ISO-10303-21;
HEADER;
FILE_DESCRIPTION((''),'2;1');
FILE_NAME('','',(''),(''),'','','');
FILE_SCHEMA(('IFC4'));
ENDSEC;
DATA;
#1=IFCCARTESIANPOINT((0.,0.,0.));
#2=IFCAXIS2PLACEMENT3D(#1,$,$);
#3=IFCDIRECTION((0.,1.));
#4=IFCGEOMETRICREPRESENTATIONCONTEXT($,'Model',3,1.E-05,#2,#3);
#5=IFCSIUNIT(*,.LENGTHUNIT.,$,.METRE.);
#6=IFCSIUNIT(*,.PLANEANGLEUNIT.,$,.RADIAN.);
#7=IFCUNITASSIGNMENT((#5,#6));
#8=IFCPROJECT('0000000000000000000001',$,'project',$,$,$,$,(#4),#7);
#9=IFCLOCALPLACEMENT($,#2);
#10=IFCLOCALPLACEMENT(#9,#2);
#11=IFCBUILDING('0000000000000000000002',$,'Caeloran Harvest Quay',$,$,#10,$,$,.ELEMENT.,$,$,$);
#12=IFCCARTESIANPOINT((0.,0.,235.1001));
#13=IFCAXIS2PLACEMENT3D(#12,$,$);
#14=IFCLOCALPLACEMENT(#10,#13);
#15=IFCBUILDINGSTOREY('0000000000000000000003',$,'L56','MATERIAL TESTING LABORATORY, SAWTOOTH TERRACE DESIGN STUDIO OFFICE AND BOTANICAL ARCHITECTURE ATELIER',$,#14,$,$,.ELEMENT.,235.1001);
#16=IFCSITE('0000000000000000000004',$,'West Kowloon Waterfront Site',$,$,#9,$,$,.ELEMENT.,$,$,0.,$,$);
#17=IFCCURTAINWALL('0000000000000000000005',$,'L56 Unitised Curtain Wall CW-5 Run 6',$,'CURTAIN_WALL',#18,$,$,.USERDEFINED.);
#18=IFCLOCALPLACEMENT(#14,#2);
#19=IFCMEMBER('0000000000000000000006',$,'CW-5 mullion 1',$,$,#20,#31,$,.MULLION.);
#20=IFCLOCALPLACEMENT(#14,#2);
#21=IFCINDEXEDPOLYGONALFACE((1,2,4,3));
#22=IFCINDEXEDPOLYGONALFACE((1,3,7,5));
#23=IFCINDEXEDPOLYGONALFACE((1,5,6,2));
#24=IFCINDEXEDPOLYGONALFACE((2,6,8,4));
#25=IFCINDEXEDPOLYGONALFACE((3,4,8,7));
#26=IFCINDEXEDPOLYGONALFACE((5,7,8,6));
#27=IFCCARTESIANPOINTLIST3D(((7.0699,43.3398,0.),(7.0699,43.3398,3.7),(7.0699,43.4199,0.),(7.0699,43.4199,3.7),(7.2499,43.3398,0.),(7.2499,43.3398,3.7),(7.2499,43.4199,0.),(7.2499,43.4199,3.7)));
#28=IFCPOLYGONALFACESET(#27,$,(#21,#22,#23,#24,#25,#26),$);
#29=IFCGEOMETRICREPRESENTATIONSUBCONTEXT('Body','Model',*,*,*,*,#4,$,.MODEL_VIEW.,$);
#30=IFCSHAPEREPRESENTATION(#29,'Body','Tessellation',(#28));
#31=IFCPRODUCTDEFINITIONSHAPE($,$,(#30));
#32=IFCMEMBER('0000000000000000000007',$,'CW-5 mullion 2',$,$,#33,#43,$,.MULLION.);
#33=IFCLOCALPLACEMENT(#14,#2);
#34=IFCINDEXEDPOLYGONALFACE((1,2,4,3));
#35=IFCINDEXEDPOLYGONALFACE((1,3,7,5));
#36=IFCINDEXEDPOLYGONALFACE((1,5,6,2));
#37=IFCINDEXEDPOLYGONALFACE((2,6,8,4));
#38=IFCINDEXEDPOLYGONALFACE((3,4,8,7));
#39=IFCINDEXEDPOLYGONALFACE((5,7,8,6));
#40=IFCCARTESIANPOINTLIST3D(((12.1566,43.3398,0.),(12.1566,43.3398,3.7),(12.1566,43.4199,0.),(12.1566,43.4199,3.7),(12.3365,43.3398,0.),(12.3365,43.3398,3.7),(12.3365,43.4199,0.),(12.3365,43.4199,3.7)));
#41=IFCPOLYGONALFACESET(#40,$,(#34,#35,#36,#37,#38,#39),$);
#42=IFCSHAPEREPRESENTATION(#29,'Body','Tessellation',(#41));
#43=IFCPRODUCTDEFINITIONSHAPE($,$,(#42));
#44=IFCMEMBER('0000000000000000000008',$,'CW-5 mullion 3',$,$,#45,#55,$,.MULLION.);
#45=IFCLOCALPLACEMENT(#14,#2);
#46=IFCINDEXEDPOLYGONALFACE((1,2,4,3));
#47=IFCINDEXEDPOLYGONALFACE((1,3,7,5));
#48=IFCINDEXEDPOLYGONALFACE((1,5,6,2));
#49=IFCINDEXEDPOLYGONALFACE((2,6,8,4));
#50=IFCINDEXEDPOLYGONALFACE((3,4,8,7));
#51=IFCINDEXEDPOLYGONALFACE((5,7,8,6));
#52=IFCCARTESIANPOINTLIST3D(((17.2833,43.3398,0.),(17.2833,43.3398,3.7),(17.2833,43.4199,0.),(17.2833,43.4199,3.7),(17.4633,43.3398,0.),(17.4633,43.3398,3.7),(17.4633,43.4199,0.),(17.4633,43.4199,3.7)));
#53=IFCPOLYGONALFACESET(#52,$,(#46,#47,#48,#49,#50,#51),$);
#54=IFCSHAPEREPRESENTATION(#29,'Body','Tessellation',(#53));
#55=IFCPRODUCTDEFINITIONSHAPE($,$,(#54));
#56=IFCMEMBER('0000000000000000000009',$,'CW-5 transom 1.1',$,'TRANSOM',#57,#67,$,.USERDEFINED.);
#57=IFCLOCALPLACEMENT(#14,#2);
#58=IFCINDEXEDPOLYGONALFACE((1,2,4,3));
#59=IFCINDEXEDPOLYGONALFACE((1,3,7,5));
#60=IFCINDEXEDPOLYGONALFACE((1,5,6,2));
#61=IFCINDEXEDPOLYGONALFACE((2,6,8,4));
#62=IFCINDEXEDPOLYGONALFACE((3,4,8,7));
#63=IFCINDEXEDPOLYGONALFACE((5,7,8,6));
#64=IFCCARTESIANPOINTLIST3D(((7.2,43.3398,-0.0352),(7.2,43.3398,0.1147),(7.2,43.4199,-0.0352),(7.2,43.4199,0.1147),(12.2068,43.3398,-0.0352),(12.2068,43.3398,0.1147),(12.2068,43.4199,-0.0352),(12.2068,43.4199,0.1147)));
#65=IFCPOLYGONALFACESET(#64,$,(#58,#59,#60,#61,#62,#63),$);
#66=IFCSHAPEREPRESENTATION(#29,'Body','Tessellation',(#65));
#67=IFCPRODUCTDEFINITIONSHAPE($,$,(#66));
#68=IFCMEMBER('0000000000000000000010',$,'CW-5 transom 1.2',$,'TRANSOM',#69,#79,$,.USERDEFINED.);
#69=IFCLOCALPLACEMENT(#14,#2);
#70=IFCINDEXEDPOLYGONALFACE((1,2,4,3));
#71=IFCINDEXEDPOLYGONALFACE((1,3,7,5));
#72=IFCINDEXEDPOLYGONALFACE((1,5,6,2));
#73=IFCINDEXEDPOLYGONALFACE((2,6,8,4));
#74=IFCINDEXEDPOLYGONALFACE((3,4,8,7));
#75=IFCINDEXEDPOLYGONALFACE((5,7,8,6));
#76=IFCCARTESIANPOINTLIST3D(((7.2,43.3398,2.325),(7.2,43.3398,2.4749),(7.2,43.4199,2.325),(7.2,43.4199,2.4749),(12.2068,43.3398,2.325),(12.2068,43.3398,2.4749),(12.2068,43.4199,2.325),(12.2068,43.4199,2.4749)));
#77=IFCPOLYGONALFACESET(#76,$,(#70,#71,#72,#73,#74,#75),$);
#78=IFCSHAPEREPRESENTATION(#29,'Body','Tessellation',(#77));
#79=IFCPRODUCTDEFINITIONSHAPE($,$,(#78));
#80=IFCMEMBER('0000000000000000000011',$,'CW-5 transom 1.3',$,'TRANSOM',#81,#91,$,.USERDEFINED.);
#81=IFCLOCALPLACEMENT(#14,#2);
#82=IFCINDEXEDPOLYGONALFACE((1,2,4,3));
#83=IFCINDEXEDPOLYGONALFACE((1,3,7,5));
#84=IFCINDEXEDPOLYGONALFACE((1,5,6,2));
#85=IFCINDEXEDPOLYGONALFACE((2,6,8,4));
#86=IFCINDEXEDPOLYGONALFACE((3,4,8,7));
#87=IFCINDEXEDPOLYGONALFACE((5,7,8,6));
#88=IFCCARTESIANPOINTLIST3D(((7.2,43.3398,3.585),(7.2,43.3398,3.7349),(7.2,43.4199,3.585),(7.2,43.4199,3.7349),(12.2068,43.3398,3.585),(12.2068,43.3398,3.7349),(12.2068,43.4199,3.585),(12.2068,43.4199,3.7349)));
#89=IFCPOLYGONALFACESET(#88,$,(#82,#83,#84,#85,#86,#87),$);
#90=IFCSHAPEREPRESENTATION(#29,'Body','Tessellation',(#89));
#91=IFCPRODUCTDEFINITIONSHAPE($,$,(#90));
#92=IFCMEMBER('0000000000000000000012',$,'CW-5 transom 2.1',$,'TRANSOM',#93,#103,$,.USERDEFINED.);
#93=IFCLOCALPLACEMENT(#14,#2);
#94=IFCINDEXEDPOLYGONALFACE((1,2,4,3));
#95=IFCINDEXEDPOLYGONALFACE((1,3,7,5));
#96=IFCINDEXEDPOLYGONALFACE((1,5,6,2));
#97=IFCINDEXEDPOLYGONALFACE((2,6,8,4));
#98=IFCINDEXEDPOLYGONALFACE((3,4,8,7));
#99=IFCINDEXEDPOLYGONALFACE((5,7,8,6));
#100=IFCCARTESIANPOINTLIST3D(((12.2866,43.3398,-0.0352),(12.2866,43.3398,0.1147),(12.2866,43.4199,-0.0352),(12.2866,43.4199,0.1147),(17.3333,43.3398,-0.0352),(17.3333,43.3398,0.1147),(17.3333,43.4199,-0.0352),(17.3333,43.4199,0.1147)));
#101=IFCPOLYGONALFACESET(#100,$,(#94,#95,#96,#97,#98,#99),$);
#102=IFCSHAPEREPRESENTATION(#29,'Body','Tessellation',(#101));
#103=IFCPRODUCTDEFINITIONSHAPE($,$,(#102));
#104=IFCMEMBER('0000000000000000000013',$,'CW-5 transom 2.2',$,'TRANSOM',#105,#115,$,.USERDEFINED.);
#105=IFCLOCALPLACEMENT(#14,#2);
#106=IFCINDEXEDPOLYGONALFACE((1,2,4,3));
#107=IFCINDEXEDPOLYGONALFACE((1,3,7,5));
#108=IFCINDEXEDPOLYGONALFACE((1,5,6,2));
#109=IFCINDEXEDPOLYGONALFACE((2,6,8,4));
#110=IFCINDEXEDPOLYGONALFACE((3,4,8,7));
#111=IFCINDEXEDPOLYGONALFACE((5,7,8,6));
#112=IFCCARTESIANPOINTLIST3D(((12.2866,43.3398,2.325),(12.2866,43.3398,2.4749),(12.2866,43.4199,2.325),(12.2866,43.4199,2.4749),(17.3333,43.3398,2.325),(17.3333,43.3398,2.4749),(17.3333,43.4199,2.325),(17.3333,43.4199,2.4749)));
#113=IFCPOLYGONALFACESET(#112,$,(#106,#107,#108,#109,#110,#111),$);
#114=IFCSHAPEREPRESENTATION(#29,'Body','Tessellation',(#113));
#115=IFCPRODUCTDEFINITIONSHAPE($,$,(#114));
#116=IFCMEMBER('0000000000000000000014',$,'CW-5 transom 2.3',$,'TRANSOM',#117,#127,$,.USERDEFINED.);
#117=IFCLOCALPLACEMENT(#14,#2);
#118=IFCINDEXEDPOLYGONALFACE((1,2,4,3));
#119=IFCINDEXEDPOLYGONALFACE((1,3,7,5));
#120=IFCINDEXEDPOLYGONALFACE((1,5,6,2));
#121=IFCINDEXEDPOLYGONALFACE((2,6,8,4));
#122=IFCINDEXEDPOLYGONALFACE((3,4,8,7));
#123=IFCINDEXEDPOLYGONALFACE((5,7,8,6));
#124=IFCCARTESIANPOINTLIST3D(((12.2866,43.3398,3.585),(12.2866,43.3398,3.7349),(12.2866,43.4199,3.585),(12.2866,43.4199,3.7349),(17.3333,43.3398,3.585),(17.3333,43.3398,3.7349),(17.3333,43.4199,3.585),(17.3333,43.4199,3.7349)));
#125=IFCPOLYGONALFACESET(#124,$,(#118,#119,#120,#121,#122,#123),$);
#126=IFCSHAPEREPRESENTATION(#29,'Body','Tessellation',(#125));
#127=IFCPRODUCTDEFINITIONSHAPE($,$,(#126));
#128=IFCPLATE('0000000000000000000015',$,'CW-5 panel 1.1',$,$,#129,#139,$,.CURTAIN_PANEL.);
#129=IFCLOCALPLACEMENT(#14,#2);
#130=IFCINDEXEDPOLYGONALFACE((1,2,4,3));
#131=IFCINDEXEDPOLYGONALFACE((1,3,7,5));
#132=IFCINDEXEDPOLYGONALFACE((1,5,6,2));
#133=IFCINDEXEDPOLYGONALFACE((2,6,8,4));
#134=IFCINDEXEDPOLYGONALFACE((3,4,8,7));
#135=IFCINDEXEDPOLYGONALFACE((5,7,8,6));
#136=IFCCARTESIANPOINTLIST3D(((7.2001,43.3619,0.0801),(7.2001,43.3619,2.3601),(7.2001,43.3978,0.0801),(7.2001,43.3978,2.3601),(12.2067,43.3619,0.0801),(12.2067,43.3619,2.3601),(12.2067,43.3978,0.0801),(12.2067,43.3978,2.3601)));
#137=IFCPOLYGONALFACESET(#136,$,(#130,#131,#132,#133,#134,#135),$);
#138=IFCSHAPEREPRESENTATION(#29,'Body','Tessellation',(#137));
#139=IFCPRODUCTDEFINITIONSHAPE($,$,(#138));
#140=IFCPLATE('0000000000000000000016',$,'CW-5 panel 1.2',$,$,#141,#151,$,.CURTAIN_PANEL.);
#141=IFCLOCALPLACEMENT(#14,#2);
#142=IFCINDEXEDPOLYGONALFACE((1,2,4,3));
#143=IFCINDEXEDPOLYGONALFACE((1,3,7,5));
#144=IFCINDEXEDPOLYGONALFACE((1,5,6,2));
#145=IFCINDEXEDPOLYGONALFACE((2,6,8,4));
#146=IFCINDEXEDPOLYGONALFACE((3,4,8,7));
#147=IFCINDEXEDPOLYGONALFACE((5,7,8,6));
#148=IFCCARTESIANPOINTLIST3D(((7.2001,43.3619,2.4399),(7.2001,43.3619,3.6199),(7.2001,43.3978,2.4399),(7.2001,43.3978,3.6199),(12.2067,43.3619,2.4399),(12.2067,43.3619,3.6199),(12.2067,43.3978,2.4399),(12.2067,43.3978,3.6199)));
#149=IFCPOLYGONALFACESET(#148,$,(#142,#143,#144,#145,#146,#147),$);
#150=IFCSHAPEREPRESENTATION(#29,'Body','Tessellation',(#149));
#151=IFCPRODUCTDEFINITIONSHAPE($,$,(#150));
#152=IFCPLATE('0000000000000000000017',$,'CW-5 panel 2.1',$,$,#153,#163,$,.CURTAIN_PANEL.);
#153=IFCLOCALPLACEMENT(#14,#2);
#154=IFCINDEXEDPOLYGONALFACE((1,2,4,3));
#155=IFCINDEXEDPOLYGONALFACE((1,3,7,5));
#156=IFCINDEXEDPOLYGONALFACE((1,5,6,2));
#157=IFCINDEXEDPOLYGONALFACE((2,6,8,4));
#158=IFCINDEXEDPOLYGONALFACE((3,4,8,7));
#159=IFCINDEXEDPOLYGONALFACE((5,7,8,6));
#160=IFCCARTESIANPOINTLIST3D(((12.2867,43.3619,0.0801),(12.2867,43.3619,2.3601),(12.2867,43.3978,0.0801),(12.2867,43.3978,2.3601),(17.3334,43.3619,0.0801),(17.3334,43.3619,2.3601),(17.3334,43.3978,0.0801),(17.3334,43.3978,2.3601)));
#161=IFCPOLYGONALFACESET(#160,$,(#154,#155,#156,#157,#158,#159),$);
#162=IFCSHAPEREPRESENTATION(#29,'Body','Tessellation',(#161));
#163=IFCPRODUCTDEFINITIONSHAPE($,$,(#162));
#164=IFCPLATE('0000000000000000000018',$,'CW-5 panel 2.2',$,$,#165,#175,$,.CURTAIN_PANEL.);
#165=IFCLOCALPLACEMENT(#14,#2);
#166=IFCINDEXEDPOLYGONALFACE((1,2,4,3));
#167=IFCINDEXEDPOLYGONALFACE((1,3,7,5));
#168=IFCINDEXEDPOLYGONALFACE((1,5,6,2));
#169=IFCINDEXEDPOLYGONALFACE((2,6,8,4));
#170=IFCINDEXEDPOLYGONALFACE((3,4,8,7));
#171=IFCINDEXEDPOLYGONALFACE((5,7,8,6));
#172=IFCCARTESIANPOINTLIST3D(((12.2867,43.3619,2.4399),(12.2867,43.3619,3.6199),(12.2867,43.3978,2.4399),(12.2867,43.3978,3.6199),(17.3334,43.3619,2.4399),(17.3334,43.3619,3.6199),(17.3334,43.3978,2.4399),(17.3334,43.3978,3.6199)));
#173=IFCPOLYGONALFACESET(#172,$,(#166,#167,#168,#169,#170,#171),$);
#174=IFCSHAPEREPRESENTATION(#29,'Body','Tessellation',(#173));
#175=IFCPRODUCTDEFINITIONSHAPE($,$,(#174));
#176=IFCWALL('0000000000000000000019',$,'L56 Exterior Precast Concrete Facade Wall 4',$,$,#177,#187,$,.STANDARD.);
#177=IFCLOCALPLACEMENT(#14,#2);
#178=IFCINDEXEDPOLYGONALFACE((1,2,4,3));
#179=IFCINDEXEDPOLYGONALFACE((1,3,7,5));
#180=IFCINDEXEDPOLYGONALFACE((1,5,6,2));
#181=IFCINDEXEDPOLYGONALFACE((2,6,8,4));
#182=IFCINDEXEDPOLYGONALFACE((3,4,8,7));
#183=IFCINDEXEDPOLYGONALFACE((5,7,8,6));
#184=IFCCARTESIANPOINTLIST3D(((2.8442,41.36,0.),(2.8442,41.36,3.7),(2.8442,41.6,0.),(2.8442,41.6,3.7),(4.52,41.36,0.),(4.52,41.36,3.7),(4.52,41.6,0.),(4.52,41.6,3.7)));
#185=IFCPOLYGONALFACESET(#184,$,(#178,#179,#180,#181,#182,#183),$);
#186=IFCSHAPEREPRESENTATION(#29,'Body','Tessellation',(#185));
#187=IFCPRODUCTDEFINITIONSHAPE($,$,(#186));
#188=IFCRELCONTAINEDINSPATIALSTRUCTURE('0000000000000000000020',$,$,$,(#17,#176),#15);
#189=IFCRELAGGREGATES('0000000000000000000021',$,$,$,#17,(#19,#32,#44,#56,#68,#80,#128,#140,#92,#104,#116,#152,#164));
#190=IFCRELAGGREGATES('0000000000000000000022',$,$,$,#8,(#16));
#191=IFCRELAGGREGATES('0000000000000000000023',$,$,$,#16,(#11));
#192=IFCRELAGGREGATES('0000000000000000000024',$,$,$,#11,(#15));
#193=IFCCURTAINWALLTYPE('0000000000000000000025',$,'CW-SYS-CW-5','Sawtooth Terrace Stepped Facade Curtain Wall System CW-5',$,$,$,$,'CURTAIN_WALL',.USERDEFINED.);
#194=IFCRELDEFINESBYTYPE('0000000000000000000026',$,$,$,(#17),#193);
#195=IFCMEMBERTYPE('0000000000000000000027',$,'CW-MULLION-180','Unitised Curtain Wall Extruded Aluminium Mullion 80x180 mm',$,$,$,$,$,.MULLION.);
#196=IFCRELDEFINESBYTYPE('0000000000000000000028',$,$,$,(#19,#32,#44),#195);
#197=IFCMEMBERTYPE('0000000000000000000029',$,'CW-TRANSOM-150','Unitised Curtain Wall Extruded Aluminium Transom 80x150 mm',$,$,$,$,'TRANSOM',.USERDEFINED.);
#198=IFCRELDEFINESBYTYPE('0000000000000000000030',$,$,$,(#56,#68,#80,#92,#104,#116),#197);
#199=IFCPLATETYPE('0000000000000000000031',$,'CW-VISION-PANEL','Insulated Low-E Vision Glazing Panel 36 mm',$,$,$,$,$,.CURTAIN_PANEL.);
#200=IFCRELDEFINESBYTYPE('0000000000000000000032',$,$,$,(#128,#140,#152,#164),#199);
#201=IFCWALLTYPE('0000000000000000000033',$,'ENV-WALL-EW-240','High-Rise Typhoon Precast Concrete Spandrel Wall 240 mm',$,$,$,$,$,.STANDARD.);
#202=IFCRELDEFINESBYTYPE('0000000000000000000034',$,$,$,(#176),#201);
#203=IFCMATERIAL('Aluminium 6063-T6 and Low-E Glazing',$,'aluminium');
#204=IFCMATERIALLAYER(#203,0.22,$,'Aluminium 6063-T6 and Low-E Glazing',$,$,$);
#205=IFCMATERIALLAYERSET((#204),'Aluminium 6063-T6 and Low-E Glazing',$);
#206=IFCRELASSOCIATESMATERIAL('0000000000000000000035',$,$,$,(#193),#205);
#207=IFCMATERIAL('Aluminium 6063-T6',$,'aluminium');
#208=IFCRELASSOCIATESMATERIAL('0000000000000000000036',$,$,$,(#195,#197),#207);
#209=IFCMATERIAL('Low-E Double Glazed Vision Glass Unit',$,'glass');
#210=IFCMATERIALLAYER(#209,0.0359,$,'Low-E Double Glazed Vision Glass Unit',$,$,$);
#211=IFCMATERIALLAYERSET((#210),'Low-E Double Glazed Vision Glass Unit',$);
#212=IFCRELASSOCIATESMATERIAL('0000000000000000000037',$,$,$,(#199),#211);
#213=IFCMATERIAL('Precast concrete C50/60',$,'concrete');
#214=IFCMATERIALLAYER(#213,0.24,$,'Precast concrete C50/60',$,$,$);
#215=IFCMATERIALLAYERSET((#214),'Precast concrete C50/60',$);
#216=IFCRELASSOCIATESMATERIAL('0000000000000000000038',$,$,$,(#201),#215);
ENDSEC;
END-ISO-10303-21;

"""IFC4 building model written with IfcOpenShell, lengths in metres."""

from ifc_helpers import new_model, si_unit, direction, frame, frame_2d, origin, origin_2d, place, context, subcontext, project, spatial, rectangle, extrude, material, layer, layer_set, material_profile, profile_set, type_object, element, aggregate, save


model = new_model("IFC4")

# Units and contexts
model_context = context("Model", 3, precision=1e-05, world=origin(), true_north=direction((0.0, 1.0)))
body_context = subcontext(model_context, "Body", "Model", "MODEL_VIEW")
ifc_project = project(units=[si_unit("LENGTHUNIT", "METRE"), si_unit("PLANEANGLEUNIT", "RADIAN")], contexts=[model_context])

# Site, building, storey
site_placement = place(None, origin())
site = spatial("IfcSite", under=ifc_project, at=site_placement, Name="West Kowloon Waterfront Site", CompositionType="ELEMENT", RefElevation=0.0)
building_placement = place(site_placement, origin())
building = spatial("IfcBuilding", under=site, at=building_placement, Name="Caeloran Harvest Quay", CompositionType="ELEMENT")
storey_placement = place(building_placement, frame((0.0, 0.0, 235.1001)))
storey = spatial("IfcBuildingStorey", under=building, at=storey_placement, Name="L56", Description="MATERIAL TESTING LABORATORY, SAWTOOTH TERRACE DESIGN STUDIO OFFICE AND BOTANICAL ARCHITECTURE ATELIER", CompositionType="ELEMENT", Elevation=235.1001)

# Curtain wall, members, plates
ifc_material_1 = material(Name="Aluminium 6063-T6 and Low-E Glazing", Category="aluminium")
ifc_layer_1 = layer(ifc_material_1, 0.22, Name="Aluminium 6063-T6 and Low-E Glazing")
ifc_layer_set_1 = layer_set([ifc_layer_1], Name="Aluminium 6063-T6 and Low-E Glazing")
curtain_wall_type = type_object("IfcCurtainWallType", Name="CW-SYS-CW-5", Description="Sawtooth Terrace Stepped Facade Curtain Wall System CW-5", ElementType="CURTAIN_WALL", PredefinedType="USERDEFINED", material=ifc_layer_set_1)
curtain_wall_placement = place(storey_placement, origin())
curtain_wall = element("IfcCurtainWall", 1, at=curtain_wall_placement, inside=storey, type_object=curtain_wall_type, Name="L56 Unitised Curtain Wall CW-5 Run 6", ObjectType="CURTAIN_WALL", PredefinedType="USERDEFINED")
ifc_material_2 = material(Name="Aluminium 6063-T6", Category="aluminium")
ifc_material_profile_1 = material_profile(ifc_material_2, rectangle(XDim=0.0801, YDim=0.1799, at=origin_2d()), Name="CW-MULLION-180")
ifc_profile_set_1 = profile_set([ifc_material_profile_1], Name="Aluminium 6063-T6")
member_type_1 = type_object("IfcMemberType", Name="CW-MULLION-180", Description="Unitised Curtain Wall Extruded Aluminium Mullion 80x180 mm", PredefinedType="MULLION", material=ifc_profile_set_1)
member_1_placement = place(storey_placement, frame((7.1599, 43.3799, 0.0), z_axis=(0.0, 0.0, 1.0), x_axis=(0.0, 1.0, 0.0)))
member_1 = element("IfcMember", 2, at=member_1_placement, type_object=member_type_1, Name="CW-5 mullion 1", PredefinedType="MULLION", context=body_context, shape_type="SweptSolid", body=[
    extrude(rectangle(XDim=0.0801, YDim=0.1799, at=origin_2d()), origin(), (0.0, 0.0, 1.0), 3.7),
])
member_2_placement = place(storey_placement, frame((12.2466, 43.3799, 0.0), z_axis=(0.0, 0.0, 1.0), x_axis=(0.0, 1.0, 0.0)))
member_2 = element("IfcMember", 3, at=member_2_placement, type_object=member_type_1, Name="CW-5 mullion 2", PredefinedType="MULLION", context=body_context, shape_type="SweptSolid", body=[
    extrude(rectangle(XDim=0.0801, YDim=0.1799, at=origin_2d()), origin(), (0.0, 0.0, 1.0), 3.7),
])
member_3_placement = place(storey_placement, frame((17.3733, 43.3799, 0.0), z_axis=(0.0, 0.0, 1.0), x_axis=(0.0, 1.0, 0.0)))
member_3 = element("IfcMember", 4, at=member_3_placement, type_object=member_type_1, Name="CW-5 mullion 3", PredefinedType="MULLION", context=body_context, shape_type="SweptSolid", body=[
    extrude(rectangle(XDim=0.0801, YDim=0.1799, at=origin_2d()), origin(), (0.0, 0.0, 1.0), 3.7),
])
ifc_material_profile_2 = material_profile(ifc_material_2, rectangle(XDim=0.0801, YDim=0.1499, at=origin_2d()), Name="CW-TRANSOM-150")
ifc_profile_set_2 = profile_set([ifc_material_profile_2], Name="Aluminium 6063-T6")
member_type_2 = type_object("IfcMemberType", Name="CW-TRANSOM-150", Description="Unitised Curtain Wall Extruded Aluminium Transom 80x150 mm", ElementType="TRANSOM", PredefinedType="USERDEFINED", material=ifc_profile_set_2)
member_4_placement = place(storey_placement, frame((7.2, 43.3799, 0.0398), z_axis=(1.0, 0.0, 0.0), x_axis=(0.0, 1.0, 0.0)))
member_4 = element("IfcMember", 5, at=member_4_placement, type_object=member_type_2, Name="CW-5 transom 1.1", ObjectType="TRANSOM", PredefinedType="USERDEFINED", context=body_context, shape_type="SweptSolid", body=[
    extrude(rectangle(XDim=0.0801, YDim=0.1499, at=origin_2d()), origin(), (0.0, 0.0, 1.0), 5.0068),
])
member_5_placement = place(storey_placement, frame((7.2, 43.3799, 2.3999), z_axis=(1.0, 0.0, 0.0), x_axis=(0.0, 1.0, 0.0)))
member_5 = element("IfcMember", 6, at=member_5_placement, type_object=member_type_2, Name="CW-5 transom 1.2", ObjectType="TRANSOM", PredefinedType="USERDEFINED", context=body_context, shape_type="SweptSolid", body=[
    extrude(rectangle(XDim=0.0801, YDim=0.1499, at=origin_2d()), origin(), (0.0, 0.0, 1.0), 5.0068),
])
member_6_placement = place(storey_placement, frame((7.2, 43.3799, 3.6599), z_axis=(1.0, 0.0, 0.0), x_axis=(0.0, 1.0, 0.0)))
member_6 = element("IfcMember", 7, at=member_6_placement, type_object=member_type_2, Name="CW-5 transom 1.3", ObjectType="TRANSOM", PredefinedType="USERDEFINED", context=body_context, shape_type="SweptSolid", body=[
    extrude(rectangle(XDim=0.0801, YDim=0.1499, at=origin_2d()), origin(), (0.0, 0.0, 1.0), 5.0068),
])
member_7_placement = place(storey_placement, frame((12.2866, 43.3799, 0.0398), z_axis=(1.0, 0.0, 0.0), x_axis=(0.0, 1.0, 0.0)))
member_7 = element("IfcMember", 8, at=member_7_placement, type_object=member_type_2, Name="CW-5 transom 2.1", ObjectType="TRANSOM", PredefinedType="USERDEFINED", context=body_context, shape_type="SweptSolid", body=[
    extrude(rectangle(XDim=0.0801, YDim=0.1499, at=origin_2d()), origin(), (0.0, 0.0, 1.0), 5.0466),
])
member_8_placement = place(storey_placement, frame((12.2866, 43.3799, 2.3999), z_axis=(1.0, 0.0, 0.0), x_axis=(0.0, 1.0, 0.0)))
member_8 = element("IfcMember", 9, at=member_8_placement, type_object=member_type_2, Name="CW-5 transom 2.2", ObjectType="TRANSOM", PredefinedType="USERDEFINED", context=body_context, shape_type="SweptSolid", body=[
    extrude(rectangle(XDim=0.0801, YDim=0.1499, at=origin_2d()), origin(), (0.0, 0.0, 1.0), 5.0466),
])
member_9_placement = place(storey_placement, frame((12.2866, 43.3799, 3.6599), z_axis=(1.0, 0.0, 0.0), x_axis=(0.0, 1.0, 0.0)))
member_9 = element("IfcMember", 10, at=member_9_placement, type_object=member_type_2, Name="CW-5 transom 2.3", ObjectType="TRANSOM", PredefinedType="USERDEFINED", context=body_context, shape_type="SweptSolid", body=[
    extrude(rectangle(XDim=0.0801, YDim=0.1499, at=origin_2d()), origin(), (0.0, 0.0, 1.0), 5.0466),
])
ifc_material_3 = material(Name="Low-E Double Glazed Vision Glass Unit", Category="glass")
ifc_layer_2 = layer(ifc_material_3, 0.0359, Name="Low-E Double Glazed Vision Glass Unit")
ifc_layer_set_2 = layer_set([ifc_layer_2], Name="Low-E Double Glazed Vision Glass Unit")
plate_type = type_object("IfcPlateType", Name="CW-VISION-PANEL", Description="Insulated Low-E Vision Glazing Panel 36 mm", PredefinedType="CURTAIN_PANEL", material=ifc_layer_set_2)
plate_1_placement = place(storey_placement, frame((9.7034, 43.3799, 0.0801), z_axis=(0.0, 0.0, 1.0), x_axis=(1.0, 0.0, 0.0)))
plate_1 = element("IfcPlate", 11, at=plate_1_placement, type_object=plate_type, Name="CW-5 panel 1.1", PredefinedType="CURTAIN_PANEL", context=body_context, shape_type="SweptSolid", body=[
    extrude(rectangle(XDim=5.0066, YDim=0.0359, at=origin_2d()), origin(), (0.0, 0.0, 1.0), 2.28),
])
plate_2_placement = place(storey_placement, frame((9.7034, 43.3799, 2.4399), z_axis=(0.0, 0.0, 1.0), x_axis=(1.0, 0.0, 0.0)))
plate_2 = element("IfcPlate", 12, at=plate_2_placement, type_object=plate_type, Name="CW-5 panel 1.2", PredefinedType="CURTAIN_PANEL", context=body_context, shape_type="SweptSolid", body=[
    extrude(rectangle(XDim=5.0066, YDim=0.0359, at=origin_2d()), origin(), (0.0, 0.0, 1.0), 1.1799),
])
plate_3_placement = place(storey_placement, frame((14.8101, 43.3799, 0.0801), z_axis=(0.0, 0.0, 1.0), x_axis=(1.0, 0.0, 0.0)))
plate_3 = element("IfcPlate", 13, at=plate_3_placement, type_object=plate_type, Name="CW-5 panel 2.1", PredefinedType="CURTAIN_PANEL", context=body_context, shape_type="SweptSolid", body=[
    extrude(rectangle(XDim=5.0466, YDim=0.0359, at=origin_2d()), origin(), (0.0, 0.0, 1.0), 2.28),
])
plate_4_placement = place(storey_placement, frame((14.8101, 43.3799, 2.4399), z_axis=(0.0, 0.0, 1.0), x_axis=(1.0, 0.0, 0.0)))
plate_4 = element("IfcPlate", 14, at=plate_4_placement, type_object=plate_type, Name="CW-5 panel 2.2", PredefinedType="CURTAIN_PANEL", context=body_context, shape_type="SweptSolid", body=[
    extrude(rectangle(XDim=5.0466, YDim=0.0359, at=origin_2d()), origin(), (0.0, 0.0, 1.0), 1.1799),
])
aggregate(curtain_wall, [member_1, member_2, member_3, member_4, member_5, member_6, plate_1, plate_2, member_7, member_8, member_9, plate_3, plate_4])

# Wall
ifc_material_4 = material(Name="Precast concrete C50/60", Category="concrete")
ifc_layer_3 = layer(ifc_material_4, 0.24, Name="Precast concrete C50/60")
ifc_layer_set_3 = layer_set([ifc_layer_3], Name="Precast concrete C50/60")
wall_type_1 = type_object("IfcWallType", Name="ENV-WALL-EW-240", Description="High-Rise Typhoon Precast Concrete Spandrel Wall 240 mm", PredefinedType="STANDARD", material=ifc_layer_set_3)
wall_1_placement = place(storey_placement, frame((2.8442, 41.48, 0.0), z_axis=(0.0, 0.0, 1.0), x_axis=(1.0, 0.0, 0.0)))
element("IfcWall", 15, at=wall_1_placement, inside=storey, type_object=wall_type_1, Name="L56 Exterior Precast Concrete Facade Wall 4", PredefinedType="STANDARD", context=body_context, shape_type="SweptSolid", body=[
    extrude(rectangle(XDim=1.6758, YDim=0.24, at=frame_2d((0.8379, 0.0))), origin(), (0.0, 0.0, 1.0), 3.7),
])

save(model, "model.ifc")
